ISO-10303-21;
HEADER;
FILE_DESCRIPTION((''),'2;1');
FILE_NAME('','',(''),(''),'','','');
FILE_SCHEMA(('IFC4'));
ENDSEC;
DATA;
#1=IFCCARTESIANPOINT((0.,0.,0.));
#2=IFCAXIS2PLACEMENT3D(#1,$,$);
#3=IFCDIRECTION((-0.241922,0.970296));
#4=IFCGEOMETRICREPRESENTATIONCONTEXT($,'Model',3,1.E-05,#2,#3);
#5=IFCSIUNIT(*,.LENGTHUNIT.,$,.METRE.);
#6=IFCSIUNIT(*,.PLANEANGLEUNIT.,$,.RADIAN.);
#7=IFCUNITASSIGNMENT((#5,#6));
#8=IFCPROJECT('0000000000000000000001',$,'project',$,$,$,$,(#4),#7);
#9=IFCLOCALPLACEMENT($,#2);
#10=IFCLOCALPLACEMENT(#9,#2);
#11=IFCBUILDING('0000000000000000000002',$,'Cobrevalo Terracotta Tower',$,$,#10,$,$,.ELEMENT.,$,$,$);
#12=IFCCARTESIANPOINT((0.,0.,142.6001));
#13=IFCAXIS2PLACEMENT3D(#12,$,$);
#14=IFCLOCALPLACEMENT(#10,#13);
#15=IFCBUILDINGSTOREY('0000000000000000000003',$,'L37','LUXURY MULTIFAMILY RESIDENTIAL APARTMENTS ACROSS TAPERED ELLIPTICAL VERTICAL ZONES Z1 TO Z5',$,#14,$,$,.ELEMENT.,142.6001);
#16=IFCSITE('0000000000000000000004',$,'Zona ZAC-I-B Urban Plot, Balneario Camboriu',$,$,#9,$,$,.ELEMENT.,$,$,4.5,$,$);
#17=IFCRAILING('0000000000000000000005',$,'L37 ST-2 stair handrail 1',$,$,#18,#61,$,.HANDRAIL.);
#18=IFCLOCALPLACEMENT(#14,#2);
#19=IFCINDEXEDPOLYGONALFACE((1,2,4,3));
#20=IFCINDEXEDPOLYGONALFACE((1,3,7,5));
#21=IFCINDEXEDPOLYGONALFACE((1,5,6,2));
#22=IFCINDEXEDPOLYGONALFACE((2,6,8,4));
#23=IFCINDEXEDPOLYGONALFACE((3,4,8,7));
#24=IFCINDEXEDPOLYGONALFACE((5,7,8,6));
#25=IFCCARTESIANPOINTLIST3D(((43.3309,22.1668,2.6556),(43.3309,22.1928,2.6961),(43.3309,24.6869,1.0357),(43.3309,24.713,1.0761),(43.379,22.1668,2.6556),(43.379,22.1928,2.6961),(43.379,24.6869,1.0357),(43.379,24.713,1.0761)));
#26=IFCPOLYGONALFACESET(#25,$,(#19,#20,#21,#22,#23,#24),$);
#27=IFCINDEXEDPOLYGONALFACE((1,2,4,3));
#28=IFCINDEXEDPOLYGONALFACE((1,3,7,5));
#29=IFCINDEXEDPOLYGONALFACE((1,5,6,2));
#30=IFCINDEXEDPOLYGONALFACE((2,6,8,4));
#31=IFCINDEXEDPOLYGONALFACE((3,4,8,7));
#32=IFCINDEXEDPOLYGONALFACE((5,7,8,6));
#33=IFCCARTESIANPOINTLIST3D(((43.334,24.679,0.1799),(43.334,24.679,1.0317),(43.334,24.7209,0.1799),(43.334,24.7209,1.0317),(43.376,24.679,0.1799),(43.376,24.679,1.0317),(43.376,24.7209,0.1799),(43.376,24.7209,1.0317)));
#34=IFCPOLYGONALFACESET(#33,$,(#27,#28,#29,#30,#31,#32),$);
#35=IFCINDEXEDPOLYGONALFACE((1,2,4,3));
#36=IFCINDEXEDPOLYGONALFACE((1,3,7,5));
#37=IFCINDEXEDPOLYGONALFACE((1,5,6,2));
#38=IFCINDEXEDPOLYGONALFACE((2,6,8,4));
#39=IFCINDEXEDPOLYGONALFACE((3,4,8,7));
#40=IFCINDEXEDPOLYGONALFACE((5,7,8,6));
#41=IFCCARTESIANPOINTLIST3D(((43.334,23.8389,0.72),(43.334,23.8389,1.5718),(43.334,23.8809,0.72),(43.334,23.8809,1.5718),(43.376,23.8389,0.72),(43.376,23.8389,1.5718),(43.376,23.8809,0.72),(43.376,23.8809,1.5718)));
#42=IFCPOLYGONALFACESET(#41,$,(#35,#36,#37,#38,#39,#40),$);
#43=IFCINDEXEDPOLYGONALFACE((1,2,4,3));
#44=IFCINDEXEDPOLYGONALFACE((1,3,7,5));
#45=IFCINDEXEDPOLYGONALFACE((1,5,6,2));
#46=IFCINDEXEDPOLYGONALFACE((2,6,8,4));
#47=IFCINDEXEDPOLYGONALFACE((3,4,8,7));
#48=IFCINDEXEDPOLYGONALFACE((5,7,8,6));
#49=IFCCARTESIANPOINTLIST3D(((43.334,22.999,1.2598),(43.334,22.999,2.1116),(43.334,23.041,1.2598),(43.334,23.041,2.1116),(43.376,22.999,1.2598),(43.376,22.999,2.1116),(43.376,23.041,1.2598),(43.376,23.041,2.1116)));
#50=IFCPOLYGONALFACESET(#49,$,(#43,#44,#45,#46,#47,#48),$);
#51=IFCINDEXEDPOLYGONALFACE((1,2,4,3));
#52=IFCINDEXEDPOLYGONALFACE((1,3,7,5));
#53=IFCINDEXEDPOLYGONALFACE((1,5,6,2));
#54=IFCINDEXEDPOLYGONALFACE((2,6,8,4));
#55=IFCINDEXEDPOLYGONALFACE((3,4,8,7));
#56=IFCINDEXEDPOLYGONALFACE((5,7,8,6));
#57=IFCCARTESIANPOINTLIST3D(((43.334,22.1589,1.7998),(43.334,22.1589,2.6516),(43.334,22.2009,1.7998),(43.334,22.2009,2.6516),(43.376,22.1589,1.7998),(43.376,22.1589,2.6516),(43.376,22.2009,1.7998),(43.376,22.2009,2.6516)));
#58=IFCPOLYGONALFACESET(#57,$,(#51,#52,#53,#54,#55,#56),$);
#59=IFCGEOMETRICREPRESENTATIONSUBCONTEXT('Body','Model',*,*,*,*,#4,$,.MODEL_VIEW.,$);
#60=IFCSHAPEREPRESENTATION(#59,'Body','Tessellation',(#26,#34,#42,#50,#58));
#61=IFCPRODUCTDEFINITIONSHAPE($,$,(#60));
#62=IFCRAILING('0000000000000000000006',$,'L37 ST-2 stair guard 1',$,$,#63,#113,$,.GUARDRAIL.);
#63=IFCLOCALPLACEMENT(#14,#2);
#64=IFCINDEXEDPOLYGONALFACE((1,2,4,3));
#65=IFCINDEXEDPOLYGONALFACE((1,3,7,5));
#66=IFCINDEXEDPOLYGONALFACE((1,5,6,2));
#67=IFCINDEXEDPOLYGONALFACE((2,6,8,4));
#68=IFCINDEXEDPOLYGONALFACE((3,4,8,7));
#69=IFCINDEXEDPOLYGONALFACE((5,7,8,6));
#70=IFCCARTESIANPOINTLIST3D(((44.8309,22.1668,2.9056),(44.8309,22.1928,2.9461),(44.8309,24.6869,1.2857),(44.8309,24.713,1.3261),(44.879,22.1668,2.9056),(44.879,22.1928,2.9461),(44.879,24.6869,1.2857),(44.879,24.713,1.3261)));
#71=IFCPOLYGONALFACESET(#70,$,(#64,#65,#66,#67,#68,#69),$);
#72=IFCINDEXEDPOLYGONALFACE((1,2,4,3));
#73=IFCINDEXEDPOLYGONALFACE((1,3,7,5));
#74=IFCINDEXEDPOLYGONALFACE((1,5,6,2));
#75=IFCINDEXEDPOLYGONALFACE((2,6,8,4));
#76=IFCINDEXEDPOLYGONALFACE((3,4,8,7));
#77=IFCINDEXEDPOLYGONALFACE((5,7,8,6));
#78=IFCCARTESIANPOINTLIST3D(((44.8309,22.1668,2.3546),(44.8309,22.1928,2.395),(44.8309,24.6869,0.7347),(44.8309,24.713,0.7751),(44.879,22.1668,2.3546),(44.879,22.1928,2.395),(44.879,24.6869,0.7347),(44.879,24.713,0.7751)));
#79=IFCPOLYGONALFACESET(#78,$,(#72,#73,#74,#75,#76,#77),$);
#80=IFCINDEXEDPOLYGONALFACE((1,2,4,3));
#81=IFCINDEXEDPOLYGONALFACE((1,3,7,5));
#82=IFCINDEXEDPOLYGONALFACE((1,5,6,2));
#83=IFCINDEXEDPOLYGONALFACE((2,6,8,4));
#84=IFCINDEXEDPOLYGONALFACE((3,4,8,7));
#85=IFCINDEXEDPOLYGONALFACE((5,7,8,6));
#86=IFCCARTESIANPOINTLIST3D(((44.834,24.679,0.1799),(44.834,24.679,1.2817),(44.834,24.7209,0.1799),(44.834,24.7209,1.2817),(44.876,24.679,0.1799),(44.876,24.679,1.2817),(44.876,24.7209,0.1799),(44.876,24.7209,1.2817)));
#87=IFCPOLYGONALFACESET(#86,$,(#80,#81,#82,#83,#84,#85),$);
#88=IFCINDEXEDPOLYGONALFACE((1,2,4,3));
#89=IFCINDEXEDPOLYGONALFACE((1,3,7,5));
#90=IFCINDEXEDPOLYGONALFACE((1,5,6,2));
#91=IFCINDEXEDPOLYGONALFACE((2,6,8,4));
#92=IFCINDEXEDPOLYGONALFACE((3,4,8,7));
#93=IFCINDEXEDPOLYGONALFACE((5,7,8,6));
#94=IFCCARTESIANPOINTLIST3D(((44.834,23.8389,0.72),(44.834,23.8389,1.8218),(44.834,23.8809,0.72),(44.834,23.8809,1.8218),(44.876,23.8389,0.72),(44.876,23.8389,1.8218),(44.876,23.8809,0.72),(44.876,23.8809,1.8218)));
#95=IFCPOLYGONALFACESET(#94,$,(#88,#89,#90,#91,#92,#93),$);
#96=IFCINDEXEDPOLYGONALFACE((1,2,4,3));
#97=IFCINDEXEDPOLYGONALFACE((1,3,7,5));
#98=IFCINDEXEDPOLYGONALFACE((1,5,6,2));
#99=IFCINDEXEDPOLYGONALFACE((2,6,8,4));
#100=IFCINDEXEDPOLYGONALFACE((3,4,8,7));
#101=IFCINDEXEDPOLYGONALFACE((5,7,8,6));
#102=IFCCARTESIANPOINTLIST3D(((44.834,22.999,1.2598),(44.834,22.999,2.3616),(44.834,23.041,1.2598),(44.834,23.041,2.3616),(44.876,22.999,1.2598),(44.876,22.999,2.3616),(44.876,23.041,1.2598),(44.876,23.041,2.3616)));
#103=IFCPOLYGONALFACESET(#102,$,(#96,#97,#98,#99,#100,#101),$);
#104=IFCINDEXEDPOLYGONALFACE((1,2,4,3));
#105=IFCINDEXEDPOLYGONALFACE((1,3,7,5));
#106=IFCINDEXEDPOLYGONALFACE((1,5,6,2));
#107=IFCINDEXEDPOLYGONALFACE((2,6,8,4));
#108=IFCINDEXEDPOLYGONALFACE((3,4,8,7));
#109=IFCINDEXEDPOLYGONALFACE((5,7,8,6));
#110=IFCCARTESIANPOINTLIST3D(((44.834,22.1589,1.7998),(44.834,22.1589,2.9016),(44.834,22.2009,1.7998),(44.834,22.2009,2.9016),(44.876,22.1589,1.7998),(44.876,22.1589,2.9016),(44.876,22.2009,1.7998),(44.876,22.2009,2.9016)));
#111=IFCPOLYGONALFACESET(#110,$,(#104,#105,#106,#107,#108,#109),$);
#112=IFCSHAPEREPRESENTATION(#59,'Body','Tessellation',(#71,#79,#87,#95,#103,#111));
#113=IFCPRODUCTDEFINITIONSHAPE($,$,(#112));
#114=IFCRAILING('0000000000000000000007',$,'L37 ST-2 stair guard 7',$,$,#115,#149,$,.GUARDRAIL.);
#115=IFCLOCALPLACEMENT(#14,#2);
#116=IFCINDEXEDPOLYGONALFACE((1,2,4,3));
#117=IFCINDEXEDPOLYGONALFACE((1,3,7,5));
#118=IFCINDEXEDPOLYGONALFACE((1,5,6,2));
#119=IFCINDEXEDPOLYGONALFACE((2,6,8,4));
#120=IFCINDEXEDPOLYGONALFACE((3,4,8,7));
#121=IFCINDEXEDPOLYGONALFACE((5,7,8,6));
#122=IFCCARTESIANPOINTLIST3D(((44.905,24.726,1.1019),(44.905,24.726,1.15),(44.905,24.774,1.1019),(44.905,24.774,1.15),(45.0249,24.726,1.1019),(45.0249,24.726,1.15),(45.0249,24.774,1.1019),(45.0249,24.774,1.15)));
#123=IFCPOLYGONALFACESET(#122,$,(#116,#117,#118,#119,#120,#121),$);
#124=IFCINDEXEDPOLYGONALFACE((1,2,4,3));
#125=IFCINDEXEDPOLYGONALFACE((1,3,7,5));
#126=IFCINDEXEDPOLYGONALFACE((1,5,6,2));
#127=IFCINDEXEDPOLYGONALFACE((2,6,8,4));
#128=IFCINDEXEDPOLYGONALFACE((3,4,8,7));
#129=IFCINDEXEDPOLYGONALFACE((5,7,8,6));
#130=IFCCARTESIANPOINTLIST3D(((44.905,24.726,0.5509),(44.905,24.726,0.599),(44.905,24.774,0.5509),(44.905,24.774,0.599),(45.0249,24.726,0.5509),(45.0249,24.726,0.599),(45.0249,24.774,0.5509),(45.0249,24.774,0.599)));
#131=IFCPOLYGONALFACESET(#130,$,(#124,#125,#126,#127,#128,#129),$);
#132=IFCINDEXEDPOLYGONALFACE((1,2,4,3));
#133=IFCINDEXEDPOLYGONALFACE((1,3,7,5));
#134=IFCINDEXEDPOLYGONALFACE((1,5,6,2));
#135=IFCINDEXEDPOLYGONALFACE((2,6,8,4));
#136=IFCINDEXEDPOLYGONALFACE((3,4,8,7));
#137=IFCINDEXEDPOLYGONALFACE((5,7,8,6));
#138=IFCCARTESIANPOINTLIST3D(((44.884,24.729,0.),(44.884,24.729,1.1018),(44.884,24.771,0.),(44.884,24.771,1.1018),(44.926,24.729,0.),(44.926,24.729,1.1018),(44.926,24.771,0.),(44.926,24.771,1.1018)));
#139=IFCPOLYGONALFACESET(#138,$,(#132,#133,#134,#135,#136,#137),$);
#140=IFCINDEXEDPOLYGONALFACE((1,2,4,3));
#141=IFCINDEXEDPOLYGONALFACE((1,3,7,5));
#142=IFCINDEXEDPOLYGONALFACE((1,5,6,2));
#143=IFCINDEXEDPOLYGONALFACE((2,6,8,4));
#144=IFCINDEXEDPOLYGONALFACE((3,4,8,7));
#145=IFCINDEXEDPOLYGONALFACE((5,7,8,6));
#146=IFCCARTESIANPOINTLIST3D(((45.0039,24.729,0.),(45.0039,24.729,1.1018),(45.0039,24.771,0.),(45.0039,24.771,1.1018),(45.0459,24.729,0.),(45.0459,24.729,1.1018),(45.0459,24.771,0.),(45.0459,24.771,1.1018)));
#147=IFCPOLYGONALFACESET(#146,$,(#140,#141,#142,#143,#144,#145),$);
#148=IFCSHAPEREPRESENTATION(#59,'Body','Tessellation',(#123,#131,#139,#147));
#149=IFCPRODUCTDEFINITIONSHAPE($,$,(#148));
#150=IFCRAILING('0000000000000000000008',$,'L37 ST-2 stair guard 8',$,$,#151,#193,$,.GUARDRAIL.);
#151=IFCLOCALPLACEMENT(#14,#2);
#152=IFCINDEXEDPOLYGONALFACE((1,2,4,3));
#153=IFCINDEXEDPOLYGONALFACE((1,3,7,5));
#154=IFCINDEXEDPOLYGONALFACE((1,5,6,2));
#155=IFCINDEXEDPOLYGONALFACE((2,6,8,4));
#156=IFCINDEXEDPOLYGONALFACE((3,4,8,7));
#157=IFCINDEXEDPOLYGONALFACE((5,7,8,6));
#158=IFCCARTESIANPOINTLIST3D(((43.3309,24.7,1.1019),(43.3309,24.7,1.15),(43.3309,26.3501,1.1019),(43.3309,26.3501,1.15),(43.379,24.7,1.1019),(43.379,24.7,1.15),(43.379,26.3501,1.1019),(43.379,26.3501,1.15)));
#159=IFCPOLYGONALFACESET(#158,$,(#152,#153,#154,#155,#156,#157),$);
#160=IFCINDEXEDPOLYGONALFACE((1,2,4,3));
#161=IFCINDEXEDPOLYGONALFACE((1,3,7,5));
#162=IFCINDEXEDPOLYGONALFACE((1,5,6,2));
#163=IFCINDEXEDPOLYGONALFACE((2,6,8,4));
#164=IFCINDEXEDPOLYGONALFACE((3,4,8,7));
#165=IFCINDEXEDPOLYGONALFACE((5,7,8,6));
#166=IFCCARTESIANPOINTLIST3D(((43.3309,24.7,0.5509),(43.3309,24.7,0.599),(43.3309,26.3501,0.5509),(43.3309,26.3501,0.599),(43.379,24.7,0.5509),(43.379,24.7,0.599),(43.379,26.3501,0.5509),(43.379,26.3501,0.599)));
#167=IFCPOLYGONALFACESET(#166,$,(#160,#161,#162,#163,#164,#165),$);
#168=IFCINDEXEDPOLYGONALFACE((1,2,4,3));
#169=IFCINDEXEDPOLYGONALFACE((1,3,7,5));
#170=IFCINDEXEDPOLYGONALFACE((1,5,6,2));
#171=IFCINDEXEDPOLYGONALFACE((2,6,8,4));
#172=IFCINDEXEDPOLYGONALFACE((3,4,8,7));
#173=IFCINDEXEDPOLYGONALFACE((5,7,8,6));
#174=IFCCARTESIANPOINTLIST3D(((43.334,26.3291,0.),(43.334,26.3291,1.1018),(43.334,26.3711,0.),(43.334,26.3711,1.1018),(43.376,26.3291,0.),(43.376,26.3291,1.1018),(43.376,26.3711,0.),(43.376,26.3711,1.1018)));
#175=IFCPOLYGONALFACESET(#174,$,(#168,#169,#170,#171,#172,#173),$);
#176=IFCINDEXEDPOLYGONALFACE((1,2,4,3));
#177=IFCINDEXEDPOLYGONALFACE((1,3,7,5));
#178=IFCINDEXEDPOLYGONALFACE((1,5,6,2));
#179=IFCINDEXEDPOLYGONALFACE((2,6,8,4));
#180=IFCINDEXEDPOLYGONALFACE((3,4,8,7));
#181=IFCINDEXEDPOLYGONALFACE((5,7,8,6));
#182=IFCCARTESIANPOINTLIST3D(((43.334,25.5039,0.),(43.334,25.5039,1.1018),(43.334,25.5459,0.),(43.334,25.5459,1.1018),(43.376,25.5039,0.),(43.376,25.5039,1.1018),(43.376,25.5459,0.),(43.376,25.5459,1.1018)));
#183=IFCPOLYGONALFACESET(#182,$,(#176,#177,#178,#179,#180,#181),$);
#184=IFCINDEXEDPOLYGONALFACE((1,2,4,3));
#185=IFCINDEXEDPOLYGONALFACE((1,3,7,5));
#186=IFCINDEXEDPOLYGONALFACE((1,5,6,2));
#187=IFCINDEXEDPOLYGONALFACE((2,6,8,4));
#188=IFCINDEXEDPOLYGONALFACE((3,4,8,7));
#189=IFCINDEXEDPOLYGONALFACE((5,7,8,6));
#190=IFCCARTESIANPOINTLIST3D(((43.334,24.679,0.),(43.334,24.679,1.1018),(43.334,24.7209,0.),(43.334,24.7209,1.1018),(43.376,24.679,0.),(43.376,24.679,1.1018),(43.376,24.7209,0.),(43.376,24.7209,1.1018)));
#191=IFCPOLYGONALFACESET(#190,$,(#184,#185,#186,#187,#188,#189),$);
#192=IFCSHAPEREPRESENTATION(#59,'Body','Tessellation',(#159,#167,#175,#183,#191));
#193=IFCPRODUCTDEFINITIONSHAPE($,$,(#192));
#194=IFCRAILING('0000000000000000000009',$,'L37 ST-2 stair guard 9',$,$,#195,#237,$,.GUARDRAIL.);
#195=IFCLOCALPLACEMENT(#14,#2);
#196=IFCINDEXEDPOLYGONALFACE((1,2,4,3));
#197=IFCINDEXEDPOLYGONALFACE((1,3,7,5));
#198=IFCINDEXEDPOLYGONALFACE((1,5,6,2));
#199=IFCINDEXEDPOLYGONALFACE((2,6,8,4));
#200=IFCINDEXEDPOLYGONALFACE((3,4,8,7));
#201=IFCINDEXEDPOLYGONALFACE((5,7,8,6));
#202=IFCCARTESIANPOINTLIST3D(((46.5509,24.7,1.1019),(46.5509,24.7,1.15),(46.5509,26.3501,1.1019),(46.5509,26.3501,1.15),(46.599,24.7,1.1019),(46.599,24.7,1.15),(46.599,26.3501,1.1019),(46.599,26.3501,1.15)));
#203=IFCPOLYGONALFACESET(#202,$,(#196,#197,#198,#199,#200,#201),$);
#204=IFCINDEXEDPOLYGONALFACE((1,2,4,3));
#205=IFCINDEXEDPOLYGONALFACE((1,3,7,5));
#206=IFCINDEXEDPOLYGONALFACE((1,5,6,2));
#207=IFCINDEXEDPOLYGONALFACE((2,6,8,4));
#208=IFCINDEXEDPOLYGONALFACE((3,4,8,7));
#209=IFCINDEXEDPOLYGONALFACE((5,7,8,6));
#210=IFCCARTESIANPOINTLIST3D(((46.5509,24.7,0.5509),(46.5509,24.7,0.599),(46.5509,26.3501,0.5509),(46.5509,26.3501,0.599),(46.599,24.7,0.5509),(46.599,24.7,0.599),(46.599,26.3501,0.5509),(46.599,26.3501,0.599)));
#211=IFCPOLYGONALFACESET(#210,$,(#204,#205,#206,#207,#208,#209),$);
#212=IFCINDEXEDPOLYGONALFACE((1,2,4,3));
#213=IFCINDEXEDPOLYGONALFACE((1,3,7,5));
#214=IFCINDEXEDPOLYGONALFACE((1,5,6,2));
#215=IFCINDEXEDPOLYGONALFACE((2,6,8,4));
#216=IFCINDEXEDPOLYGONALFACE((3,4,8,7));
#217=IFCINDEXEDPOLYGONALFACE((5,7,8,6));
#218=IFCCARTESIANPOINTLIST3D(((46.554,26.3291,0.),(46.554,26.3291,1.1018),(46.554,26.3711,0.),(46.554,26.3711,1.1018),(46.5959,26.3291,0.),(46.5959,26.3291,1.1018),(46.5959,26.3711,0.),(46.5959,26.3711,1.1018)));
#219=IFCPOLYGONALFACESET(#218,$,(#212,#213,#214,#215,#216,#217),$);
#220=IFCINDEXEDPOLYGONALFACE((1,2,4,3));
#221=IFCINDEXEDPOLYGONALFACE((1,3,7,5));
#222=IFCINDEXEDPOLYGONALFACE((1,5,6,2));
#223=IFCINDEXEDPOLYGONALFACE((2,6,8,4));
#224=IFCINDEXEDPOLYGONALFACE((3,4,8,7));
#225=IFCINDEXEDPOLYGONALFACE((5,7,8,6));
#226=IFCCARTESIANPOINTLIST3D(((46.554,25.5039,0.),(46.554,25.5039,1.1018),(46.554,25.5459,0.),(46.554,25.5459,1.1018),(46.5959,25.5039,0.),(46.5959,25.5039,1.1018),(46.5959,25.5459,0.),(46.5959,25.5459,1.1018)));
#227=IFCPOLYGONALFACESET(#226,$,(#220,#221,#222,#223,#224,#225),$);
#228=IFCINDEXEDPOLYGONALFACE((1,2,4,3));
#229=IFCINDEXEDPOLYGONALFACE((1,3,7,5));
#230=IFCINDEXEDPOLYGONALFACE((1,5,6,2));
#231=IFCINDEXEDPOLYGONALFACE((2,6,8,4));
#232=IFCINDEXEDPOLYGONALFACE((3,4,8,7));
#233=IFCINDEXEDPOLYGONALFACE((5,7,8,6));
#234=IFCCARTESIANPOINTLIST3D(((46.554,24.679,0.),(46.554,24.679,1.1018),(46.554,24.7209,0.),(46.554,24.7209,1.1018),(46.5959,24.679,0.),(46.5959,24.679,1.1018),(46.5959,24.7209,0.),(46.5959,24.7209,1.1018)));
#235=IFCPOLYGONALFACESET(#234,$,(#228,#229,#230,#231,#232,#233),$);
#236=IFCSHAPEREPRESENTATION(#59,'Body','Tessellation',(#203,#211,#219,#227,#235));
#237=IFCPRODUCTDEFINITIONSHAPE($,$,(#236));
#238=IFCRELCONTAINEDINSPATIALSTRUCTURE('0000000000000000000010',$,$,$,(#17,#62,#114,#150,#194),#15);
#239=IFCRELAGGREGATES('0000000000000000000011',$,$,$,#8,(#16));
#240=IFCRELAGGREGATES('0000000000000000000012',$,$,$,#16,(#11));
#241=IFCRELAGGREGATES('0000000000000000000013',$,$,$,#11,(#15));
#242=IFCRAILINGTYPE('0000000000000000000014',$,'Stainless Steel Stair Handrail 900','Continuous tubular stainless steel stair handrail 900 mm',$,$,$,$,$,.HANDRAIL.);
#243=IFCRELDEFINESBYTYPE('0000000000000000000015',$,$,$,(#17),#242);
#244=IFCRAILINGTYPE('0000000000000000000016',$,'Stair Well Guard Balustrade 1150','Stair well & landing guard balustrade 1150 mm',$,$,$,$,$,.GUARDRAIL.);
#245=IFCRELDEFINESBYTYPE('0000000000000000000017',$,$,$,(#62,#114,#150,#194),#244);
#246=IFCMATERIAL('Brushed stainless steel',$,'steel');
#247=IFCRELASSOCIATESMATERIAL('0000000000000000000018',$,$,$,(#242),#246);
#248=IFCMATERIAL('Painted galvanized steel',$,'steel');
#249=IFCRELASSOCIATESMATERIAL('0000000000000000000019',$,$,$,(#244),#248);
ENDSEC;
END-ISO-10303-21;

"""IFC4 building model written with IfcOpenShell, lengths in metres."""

from ifc_helpers import new_model, si_unit, direction, frame, origin, origin_2d, place, context, subcontext, project, spatial, rectangle, extrude, material, type_object, element, save


model = new_model("IFC4")

# Units and contexts
model_context = context("Model", 3, precision=1e-05, world=origin(), true_north=direction((-0.241922, 0.970296)))
body_context = subcontext(model_context, "Body", "Model", "MODEL_VIEW")
ifc_project = project(units=[si_unit("LENGTHUNIT", "METRE"), si_unit("PLANEANGLEUNIT", "RADIAN")], contexts=[model_context])

# Site, building, storey
site_placement = place(None, origin())
site = spatial("IfcSite", under=ifc_project, at=site_placement, Name="Zona ZAC-I-B Urban Plot, Balneario Camboriu", CompositionType="ELEMENT", RefElevation=4.5)
building_placement = place(site_placement, origin())
building = spatial("IfcBuilding", under=site, at=building_placement, Name="Cobrevalo Terracotta Tower", CompositionType="ELEMENT")
storey_placement = place(building_placement, frame((0.0, 0.0, 142.6001)))
storey = spatial("IfcBuildingStorey", under=building, at=storey_placement, Name="L37", Description="LUXURY MULTIFAMILY RESIDENTIAL APARTMENTS ACROSS TAPERED ELLIPTICAL VERTICAL ZONES Z1 TO Z5", CompositionType="ELEMENT", Elevation=142.6001)

# Shared definitions
ifc_material_1 = material(Name="Brushed stainless steel", Category="steel")

# Railings
railing_type_1 = type_object("IfcRailingType", Name="Stainless Steel Stair Handrail 900", Description="Continuous tubular stainless steel stair handrail 900 mm", PredefinedType="HANDRAIL", material=ifc_material_1)
railing_1_placement = place(storey_placement, frame((43.355, 24.7, 0.1799)))
element("IfcRailing", 1, at=railing_1_placement, inside=storey, type_object=railing_type_1, Name="L37 ST-2 stair handrail 1", PredefinedType="HANDRAIL", context=body_context, shape_type="SweptSolid", body=[
    extrude(rectangle(XDim=0.0481, YDim=0.0481, at=origin_2d()), frame((0.0, 0.0, 0.876), z_axis=(0.0, -0.8412, 0.540725), x_axis=(1.0, 0.0, 0.0)), (0.0, 0.0, 1.0), 2.9958),
    extrude(rectangle(XDim=0.042, YDim=0.042, at=origin_2d()), origin(), (0.0, 0.0, 1.0), 0.8518),
    extrude(rectangle(XDim=0.042, YDim=0.042, at=origin_2d()), frame((0.0, -0.8401, 0.54)), (0.0, 0.0, 1.0), 0.8518),
    extrude(rectangle(XDim=0.042, YDim=0.042, at=origin_2d()), frame((0.0, -1.6799, 1.0798)), (0.0, 0.0, 1.0), 0.8518),
    extrude(rectangle(XDim=0.042, YDim=0.042, at=origin_2d()), frame((0.0, -2.52, 1.6199)), (0.0, 0.0, 1.0), 0.8518),
])
ifc_material_2 = material(Name="Painted galvanized steel", Category="steel")
railing_type_2 = type_object("IfcRailingType", Name="Stair Well Guard Balustrade 1150", Description="Stair well & landing guard balustrade 1150 mm", PredefinedType="GUARDRAIL", material=ifc_material_2)
railing_2_placement = place(storey_placement, frame((44.855, 24.7, 0.1799)))
element("IfcRailing", 2, at=railing_2_placement, inside=storey, type_object=railing_type_2, Name="L37 ST-2 stair guard 1", PredefinedType="GUARDRAIL", context=body_context, shape_type="SweptSolid", body=[
    extrude(rectangle(XDim=0.0481, YDim=0.0481, at=origin_2d()), frame((0.0, 0.0, 1.126), z_axis=(0.0, -0.8412, 0.540725), x_axis=(1.0, 0.0, 0.0)), (0.0, 0.0, 1.0), 2.9958),
    extrude(rectangle(XDim=0.0481, YDim=0.0481, at=origin_2d()), frame((0.0, 0.0, 0.575), z_axis=(0.0, -0.8412, 0.540725), x_axis=(1.0, 0.0, 0.0)), (0.0, 0.0, 1.0), 2.9958),
    extrude(rectangle(XDim=0.042, YDim=0.042, at=origin_2d()), origin(), (0.0, 0.0, 1.0), 1.1018),
    extrude(rectangle(XDim=0.042, YDim=0.042, at=origin_2d()), frame((0.0, -0.8401, 0.54)), (0.0, 0.0, 1.0), 1.1018),
    extrude(rectangle(XDim=0.042, YDim=0.042, at=origin_2d()), frame((0.0, -1.6799, 1.0798)), (0.0, 0.0, 1.0), 1.1018),
    extrude(rectangle(XDim=0.042, YDim=0.042, at=origin_2d()), frame((0.0, -2.52, 1.6199)), (0.0, 0.0, 1.0), 1.1018),
])
railing_3_placement = place(storey_placement, frame((44.905, 24.75, 0.0)))
element("IfcRailing", 3, at=railing_3_placement, inside=storey, type_object=railing_type_2, Name="L37 ST-2 stair guard 7", PredefinedType="GUARDRAIL", context=body_context, shape_type="SweptSolid", body=[
    extrude(rectangle(XDim=0.0481, YDim=0.0481, at=origin_2d()), frame((0.0, 0.0, 1.126), z_axis=(1.0, 0.0, 0.0), x_axis=(0.0, 1.0, 0.0)), (0.0, 0.0, 1.0), 0.1199),
    extrude(rectangle(XDim=0.0481, YDim=0.0481, at=origin_2d()), frame((0.0, 0.0, 0.575), z_axis=(1.0, 0.0, 0.0), x_axis=(0.0, 1.0, 0.0)), (0.0, 0.0, 1.0), 0.1199),
    extrude(rectangle(XDim=0.042, YDim=0.042, at=origin_2d()), origin(), (0.0, 0.0, 1.0), 1.1018),
    extrude(rectangle(XDim=0.042, YDim=0.042, at=origin_2d()), frame((0.1199, 0.0, 0.0)), (0.0, 0.0, 1.0), 1.1018),
])
for number, where, name in (
    (4, (43.355, 26.3501, 0.0), "L37 ST-2 stair guard 8"),
    (5, (46.575, 26.3501, 0.0), "L37 ST-2 stair guard 9"),
):
    element("IfcRailing", number, at=place(storey_placement, frame(where)), inside=storey, type_object=railing_type_2, Name=name, PredefinedType="GUARDRAIL", context=body_context, shape_type="SweptSolid", body=[
        extrude(rectangle(XDim=0.0481, YDim=0.0481, at=origin_2d()), frame((0.0, 0.0, 1.126), z_axis=(0.0, -1.0, 0.0), x_axis=(1.0, 0.0, 0.0)), (0.0, 0.0, 1.0), 1.6501),
        extrude(rectangle(XDim=0.0481, YDim=0.0481, at=origin_2d()), frame((0.0, 0.0, 0.575), z_axis=(0.0, -1.0, 0.0), x_axis=(1.0, 0.0, 0.0)), (0.0, 0.0, 1.0), 1.6501),
        extrude(rectangle(XDim=0.042, YDim=0.042, at=origin_2d()), origin(), (0.0, 0.0, 1.0), 1.1018),
        extrude(rectangle(XDim=0.042, YDim=0.042, at=origin_2d()), frame((0.0, -0.8252, 0.0)), (0.0, 0.0, 1.0), 1.1018),
        extrude(rectangle(XDim=0.042, YDim=0.042, at=origin_2d()), frame((0.0, -1.6501, 0.0)), (0.0, 0.0, 1.0), 1.1018),
    ])

save(model, "model.ifc")
